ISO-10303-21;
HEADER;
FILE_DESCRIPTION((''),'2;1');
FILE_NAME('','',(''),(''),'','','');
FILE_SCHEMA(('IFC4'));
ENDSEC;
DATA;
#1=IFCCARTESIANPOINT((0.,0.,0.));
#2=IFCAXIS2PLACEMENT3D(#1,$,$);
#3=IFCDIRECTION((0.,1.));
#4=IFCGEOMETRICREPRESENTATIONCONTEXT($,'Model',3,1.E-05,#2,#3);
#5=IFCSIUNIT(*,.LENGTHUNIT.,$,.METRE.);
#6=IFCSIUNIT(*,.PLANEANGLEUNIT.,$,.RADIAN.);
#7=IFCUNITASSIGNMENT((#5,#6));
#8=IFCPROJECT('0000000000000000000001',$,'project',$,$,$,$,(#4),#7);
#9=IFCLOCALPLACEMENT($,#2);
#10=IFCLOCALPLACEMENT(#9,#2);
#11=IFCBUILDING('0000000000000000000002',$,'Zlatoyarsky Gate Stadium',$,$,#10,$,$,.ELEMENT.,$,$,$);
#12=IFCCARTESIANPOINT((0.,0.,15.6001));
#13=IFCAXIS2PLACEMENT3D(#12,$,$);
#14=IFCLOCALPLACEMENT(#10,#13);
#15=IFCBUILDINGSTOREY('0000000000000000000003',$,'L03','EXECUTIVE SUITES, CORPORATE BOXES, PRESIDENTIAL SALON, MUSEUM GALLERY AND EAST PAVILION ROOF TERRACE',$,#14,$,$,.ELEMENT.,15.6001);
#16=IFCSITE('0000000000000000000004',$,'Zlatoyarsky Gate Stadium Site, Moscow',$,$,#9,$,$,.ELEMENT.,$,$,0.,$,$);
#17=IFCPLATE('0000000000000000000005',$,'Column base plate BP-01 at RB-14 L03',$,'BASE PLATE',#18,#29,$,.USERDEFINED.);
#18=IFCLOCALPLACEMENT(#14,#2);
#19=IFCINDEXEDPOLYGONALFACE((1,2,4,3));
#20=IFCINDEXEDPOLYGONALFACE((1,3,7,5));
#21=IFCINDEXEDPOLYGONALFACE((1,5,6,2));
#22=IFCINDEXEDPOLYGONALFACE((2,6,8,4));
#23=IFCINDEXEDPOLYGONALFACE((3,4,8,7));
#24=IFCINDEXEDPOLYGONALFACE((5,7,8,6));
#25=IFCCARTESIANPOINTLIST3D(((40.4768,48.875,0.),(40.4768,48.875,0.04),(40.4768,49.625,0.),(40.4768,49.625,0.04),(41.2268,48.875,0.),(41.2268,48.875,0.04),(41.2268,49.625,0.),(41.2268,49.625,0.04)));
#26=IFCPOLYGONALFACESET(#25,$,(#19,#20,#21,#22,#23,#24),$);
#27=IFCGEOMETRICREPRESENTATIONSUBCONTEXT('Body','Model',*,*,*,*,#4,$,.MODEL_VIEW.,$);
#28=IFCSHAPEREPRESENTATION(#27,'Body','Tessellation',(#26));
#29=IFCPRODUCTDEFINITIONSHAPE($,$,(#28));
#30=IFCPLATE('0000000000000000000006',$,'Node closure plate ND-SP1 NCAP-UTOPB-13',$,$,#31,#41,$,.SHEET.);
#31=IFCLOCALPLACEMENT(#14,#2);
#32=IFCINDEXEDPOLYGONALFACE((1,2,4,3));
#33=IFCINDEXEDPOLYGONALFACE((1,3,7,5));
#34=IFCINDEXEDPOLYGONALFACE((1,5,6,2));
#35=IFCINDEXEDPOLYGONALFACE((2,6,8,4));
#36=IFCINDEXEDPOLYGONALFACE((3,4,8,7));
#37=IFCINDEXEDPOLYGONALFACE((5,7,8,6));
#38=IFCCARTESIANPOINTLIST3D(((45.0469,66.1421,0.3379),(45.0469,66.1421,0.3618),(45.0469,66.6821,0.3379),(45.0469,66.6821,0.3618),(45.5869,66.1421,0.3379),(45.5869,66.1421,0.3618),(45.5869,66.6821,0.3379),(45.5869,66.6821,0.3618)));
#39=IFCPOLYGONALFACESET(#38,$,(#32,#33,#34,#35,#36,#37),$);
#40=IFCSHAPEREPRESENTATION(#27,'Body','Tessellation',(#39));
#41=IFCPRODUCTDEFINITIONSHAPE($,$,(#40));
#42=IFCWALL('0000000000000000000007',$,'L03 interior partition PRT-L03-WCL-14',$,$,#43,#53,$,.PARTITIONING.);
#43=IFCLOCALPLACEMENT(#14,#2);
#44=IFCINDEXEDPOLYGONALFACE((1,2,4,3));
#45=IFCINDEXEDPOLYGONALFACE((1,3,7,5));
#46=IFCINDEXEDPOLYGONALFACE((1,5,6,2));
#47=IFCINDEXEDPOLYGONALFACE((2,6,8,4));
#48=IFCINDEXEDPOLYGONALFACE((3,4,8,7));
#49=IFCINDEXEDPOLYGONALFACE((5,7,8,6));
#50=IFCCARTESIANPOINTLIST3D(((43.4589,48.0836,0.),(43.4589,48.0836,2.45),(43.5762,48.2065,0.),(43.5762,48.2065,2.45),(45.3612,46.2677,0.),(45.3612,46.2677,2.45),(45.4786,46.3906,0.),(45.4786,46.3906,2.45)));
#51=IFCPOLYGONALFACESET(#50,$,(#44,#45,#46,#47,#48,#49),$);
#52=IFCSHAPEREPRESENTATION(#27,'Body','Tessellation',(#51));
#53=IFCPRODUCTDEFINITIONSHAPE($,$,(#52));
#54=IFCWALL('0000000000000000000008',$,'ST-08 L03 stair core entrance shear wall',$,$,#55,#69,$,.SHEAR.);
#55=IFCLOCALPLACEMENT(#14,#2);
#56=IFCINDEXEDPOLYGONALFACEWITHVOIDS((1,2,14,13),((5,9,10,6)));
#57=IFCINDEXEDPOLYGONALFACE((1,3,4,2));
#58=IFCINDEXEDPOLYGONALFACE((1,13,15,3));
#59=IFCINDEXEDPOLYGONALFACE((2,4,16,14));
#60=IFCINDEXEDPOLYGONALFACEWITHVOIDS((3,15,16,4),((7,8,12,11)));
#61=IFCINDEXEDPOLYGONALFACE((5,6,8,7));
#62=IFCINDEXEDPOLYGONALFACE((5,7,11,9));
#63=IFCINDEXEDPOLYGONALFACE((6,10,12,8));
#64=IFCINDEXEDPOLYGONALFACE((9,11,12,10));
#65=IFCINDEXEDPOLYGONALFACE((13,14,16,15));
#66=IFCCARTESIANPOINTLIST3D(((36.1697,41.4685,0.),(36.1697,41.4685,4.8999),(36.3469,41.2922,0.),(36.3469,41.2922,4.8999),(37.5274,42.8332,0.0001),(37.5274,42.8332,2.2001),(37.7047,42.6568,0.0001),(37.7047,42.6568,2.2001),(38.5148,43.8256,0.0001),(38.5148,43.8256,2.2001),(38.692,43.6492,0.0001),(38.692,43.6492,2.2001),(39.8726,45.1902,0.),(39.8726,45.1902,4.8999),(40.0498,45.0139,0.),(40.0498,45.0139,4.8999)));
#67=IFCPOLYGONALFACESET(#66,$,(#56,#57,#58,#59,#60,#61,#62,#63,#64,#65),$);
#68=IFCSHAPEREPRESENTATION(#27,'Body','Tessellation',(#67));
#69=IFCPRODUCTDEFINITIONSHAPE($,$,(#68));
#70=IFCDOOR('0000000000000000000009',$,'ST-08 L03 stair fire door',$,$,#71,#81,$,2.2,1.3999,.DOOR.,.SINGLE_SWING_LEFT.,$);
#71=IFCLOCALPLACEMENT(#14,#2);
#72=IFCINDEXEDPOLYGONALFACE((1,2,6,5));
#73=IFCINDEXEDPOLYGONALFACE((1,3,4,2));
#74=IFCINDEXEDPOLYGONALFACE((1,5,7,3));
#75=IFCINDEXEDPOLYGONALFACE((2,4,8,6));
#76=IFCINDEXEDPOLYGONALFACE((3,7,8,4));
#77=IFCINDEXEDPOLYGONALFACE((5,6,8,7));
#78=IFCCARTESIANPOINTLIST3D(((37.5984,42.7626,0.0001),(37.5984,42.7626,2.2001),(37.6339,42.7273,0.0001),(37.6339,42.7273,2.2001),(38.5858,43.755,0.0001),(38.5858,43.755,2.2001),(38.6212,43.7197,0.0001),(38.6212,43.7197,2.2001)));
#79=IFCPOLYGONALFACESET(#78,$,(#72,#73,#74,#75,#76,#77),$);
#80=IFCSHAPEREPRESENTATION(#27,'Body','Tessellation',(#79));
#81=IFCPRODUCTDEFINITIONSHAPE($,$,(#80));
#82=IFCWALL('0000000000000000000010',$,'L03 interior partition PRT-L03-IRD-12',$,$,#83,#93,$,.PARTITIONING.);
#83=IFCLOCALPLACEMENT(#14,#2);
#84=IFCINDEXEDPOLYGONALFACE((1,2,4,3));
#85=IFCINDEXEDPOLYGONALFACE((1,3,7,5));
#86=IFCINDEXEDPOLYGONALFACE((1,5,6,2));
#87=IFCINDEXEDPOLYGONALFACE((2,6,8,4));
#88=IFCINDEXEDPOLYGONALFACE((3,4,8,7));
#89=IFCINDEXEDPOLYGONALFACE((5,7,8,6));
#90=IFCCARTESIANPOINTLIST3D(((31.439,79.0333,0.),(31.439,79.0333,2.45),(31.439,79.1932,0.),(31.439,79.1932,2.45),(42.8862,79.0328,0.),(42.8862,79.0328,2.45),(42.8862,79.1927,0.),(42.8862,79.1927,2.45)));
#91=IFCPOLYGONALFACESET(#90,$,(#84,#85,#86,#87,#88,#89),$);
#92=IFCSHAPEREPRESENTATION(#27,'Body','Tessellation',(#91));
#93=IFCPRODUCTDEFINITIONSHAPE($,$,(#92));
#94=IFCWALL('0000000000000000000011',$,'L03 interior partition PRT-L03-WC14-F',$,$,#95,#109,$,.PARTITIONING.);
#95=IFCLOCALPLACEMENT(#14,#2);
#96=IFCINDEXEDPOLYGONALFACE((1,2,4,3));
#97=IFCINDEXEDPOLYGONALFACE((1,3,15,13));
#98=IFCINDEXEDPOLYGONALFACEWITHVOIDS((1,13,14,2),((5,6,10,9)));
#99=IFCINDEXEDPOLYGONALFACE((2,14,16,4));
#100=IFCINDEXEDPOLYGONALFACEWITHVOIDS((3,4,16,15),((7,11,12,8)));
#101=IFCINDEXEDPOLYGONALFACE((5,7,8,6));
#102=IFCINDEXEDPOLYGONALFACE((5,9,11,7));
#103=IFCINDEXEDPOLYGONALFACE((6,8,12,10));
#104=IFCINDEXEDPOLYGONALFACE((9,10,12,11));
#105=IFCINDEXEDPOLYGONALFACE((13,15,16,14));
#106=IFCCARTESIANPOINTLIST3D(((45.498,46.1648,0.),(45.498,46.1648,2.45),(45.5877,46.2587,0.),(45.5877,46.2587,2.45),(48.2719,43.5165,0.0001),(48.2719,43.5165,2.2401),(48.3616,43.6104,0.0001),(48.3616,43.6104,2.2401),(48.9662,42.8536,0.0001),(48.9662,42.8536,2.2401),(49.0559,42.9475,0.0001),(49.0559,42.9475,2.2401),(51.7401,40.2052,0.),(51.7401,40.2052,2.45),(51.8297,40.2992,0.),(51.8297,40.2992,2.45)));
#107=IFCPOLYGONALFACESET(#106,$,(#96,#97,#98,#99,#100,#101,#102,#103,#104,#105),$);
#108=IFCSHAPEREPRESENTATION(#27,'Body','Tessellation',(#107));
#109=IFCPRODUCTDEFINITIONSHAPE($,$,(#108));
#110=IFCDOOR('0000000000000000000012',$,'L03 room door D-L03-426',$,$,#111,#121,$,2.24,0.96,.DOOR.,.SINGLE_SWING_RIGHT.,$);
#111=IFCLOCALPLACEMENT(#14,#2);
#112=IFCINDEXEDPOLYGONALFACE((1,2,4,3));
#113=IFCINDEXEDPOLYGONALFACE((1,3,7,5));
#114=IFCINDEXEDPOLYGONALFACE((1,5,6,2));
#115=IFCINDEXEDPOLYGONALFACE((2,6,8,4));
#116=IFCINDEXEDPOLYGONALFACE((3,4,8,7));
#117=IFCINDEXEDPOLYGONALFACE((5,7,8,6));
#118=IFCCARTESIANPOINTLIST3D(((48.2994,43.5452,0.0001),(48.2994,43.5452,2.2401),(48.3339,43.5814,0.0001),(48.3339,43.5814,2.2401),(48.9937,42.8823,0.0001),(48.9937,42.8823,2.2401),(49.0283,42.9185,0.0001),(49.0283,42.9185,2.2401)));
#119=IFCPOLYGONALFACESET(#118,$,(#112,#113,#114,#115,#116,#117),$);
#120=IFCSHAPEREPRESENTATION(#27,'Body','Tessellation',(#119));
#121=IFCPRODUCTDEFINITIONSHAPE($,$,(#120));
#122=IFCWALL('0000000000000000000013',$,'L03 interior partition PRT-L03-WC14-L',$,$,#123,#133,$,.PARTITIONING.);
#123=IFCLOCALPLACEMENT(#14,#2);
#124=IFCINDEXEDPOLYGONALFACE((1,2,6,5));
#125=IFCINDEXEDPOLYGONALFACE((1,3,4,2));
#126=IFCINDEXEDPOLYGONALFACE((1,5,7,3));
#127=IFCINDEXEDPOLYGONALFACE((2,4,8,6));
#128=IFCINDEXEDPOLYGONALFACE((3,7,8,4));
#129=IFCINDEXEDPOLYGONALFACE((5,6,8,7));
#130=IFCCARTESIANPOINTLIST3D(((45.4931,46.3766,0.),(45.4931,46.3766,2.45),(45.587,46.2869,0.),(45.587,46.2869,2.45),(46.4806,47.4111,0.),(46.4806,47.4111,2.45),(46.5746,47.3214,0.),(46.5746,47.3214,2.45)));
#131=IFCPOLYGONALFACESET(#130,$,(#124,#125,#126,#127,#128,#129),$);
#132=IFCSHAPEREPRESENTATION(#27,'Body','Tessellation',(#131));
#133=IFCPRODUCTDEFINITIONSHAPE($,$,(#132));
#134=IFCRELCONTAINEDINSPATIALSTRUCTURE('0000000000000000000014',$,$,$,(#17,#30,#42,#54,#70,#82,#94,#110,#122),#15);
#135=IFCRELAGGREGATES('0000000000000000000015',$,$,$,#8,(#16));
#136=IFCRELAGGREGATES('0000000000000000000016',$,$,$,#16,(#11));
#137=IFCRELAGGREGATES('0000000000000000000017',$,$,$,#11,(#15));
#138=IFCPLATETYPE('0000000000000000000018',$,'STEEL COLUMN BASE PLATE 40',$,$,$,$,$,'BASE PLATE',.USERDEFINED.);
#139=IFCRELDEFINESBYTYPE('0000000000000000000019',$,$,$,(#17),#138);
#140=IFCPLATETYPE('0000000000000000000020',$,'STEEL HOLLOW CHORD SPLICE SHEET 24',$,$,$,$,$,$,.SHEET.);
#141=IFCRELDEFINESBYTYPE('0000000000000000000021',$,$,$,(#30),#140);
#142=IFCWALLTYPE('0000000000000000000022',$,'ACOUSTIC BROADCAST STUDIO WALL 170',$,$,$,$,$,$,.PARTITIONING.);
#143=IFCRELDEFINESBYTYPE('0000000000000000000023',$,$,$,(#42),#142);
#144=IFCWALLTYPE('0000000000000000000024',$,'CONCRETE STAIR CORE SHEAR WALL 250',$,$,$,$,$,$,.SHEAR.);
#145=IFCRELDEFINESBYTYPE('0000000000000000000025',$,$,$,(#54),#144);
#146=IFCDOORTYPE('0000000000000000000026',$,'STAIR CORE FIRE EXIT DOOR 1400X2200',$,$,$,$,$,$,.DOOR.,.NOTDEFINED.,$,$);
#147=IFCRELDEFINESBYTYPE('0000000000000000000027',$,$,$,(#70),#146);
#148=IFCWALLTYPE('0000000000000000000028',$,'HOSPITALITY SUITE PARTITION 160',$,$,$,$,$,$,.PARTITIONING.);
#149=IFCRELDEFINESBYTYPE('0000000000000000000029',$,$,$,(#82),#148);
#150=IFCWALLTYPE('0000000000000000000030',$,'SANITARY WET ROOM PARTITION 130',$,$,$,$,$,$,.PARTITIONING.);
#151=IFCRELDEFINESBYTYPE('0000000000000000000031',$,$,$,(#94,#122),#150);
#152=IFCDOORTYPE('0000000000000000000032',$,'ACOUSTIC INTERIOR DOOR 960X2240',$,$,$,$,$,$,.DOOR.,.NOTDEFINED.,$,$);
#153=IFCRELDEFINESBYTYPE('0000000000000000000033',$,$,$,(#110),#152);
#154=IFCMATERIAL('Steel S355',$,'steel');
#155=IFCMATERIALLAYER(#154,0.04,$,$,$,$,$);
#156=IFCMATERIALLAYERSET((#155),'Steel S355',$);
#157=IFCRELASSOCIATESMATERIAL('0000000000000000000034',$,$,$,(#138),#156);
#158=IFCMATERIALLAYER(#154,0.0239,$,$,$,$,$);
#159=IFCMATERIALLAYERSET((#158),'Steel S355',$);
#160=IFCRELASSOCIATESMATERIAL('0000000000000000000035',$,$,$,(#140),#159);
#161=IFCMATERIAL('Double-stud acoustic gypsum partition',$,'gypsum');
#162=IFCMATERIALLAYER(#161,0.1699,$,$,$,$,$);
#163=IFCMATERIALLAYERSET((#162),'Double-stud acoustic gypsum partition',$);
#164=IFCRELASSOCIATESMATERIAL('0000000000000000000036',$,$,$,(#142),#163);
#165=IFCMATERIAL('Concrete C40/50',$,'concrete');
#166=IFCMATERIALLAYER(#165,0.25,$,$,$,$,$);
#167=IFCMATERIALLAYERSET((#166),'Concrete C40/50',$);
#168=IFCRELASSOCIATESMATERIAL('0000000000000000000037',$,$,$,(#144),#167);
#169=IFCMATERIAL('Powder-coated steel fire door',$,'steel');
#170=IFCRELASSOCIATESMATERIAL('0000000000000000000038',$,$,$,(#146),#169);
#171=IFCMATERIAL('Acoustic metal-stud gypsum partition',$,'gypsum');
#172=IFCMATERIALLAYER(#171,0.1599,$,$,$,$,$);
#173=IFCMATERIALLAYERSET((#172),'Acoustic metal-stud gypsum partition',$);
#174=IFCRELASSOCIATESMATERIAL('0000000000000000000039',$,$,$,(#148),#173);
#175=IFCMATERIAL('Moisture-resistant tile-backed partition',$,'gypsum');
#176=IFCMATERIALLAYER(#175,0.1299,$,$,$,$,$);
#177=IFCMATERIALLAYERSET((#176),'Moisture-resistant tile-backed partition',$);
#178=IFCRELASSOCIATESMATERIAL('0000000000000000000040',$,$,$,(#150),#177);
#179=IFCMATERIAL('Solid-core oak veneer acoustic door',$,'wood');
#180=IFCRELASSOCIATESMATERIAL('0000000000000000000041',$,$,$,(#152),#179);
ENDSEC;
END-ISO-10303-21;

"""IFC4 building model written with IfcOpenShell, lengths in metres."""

from ifc_helpers import new_model, si_unit, direction, frame, frame_2d, origin, origin_2d, place, context, subcontext, project, spatial, rectangle, extrude, material, layer, layer_set, type_object, element, fill, save


model = new_model("IFC4")

# Units and contexts
model_context = context("Model", 3, precision=1e-05, world=origin(), true_north=direction((0.0, 1.0)))
body_context = subcontext(model_context, "Body", "Model", "MODEL_VIEW")
ifc_project = project(units=[si_unit("LENGTHUNIT", "METRE"), si_unit("PLANEANGLEUNIT", "RADIAN")], contexts=[model_context])

# Site, building, storey
site_placement = place(None, origin())
site = spatial("IfcSite", under=ifc_project, at=site_placement, Name="Zlatoyarsky Gate Stadium Site, Moscow", CompositionType="ELEMENT", RefElevation=0.0)
building_placement = place(site_placement, origin())
building = spatial("IfcBuilding", under=site, at=building_placement, Name="Zlatoyarsky Gate Stadium", CompositionType="ELEMENT")
storey_placement = place(building_placement, frame((0.0, 0.0, 15.6001)))
storey = spatial("IfcBuildingStorey", under=building, at=storey_placement, Name="L03", Description="EXECUTIVE SUITES, CORPORATE BOXES, PRESIDENTIAL SALON, MUSEUM GALLERY AND EAST PAVILION ROOF TERRACE", CompositionType="ELEMENT", Elevation=15.6001)

# Shared definitions
ifc_material_1 = material(Name="Steel S355", Category="steel")

# Plates
ifc_layer_1 = layer(ifc_material_1, 0.04)
ifc_layer_set_1 = layer_set([ifc_layer_1], Name="Steel S355")
plate_type_1 = type_object("IfcPlateType", Name="STEEL COLUMN BASE PLATE 40", ElementType="BASE PLATE", PredefinedType="USERDEFINED", material=ifc_layer_set_1)
plate_1_placement = place(storey_placement, frame((40.8518, 49.25, 0.0), z_axis=(0.0, 0.0, 1.0), x_axis=(1.0, 0.0, 0.0)))
element("IfcPlate", 1, at=plate_1_placement, inside=storey, type_object=plate_type_1, Name="Column base plate BP-01 at RB-14 L03", ObjectType="BASE PLATE", PredefinedType="USERDEFINED", context=body_context, shape_type="SweptSolid", body=[
    extrude(rectangle(XDim=0.75, YDim=0.75, at=origin_2d()), origin(), (0.0, 0.0, 1.0), 0.04),
])
ifc_layer_2 = layer(ifc_material_1, 0.0239)
ifc_layer_set_2 = layer_set([ifc_layer_2], Name="Steel S355")
plate_type_2 = type_object("IfcPlateType", Name="STEEL HOLLOW CHORD SPLICE SHEET 24", PredefinedType="SHEET", material=ifc_layer_set_2)
plate_2_placement = place(storey_placement, frame((45.3169, 66.4121, 0.3379), z_axis=(0.0, 0.0, 1.0), x_axis=(1.0, 0.0, 0.0)))
element("IfcPlate", 2, at=plate_2_placement, inside=storey, type_object=plate_type_2, Name="Node closure plate ND-SP1 NCAP-UTOPB-13", PredefinedType="SHEET", context=body_context, shape_type="SweptSolid", body=[
    extrude(rectangle(XDim=0.54, YDim=0.54, at=origin_2d()), origin(), (0.0, 0.0, 1.0), 0.0239),
])

# Wall
ifc_material_2 = material(Name="Double-stud acoustic gypsum partition", Category="gypsum")
ifc_layer_3 = layer(ifc_material_2, 0.1699)
ifc_layer_set_3 = layer_set([ifc_layer_3], Name="Double-stud acoustic gypsum partition")
wall_type_1 = type_object("IfcWallType", Name="ACOUSTIC BROADCAST STUDIO WALL 170", PredefinedType="PARTITIONING", material=ifc_layer_set_3)
wall_1_placement = place(storey_placement, frame((43.5176, 48.145, 0.0), z_axis=(0.0, 0.0, 1.0), x_axis=(0.723347, -0.690485, 0.0)))
element("IfcWall", 3, at=wall_1_placement, inside=storey, type_object=wall_type_1, Name="L03 interior partition PRT-L03-WCL-14", PredefinedType="PARTITIONING", context=body_context, shape_type="SweptSolid", body=[
    extrude(rectangle(XDim=2.6299, YDim=0.1699, at=frame_2d((1.3149, 0.0))), origin(), (0.0, 0.0, 1.0), 2.45),
])

# Wall, opening, door
ifc_material_3 = material(Name="Concrete C40/50", Category="concrete")
ifc_layer_4 = layer(ifc_material_3, 0.25)
ifc_layer_set_4 = layer_set([ifc_layer_4], Name="Concrete C40/50")
wall_type_2 = type_object("IfcWallType", Name="CONCRETE STAIR CORE SHEAR WALL 250", PredefinedType="SHEAR", material=ifc_layer_set_4)
wall_2_placement = place(storey_placement, frame((39.9612, 45.1021, 0.0), z_axis=(0.0, 0.0, 1.0), x_axis=(-0.705314, -0.708895, 0.0)))
wall_2 = element("IfcWall", 4, at=wall_2_placement, inside=storey, type_object=wall_type_2, Name="ST-08 L03 stair core entrance shear wall", PredefinedType="SHEAR", context=body_context, shape_type="SweptSolid", body=[
    extrude(rectangle(XDim=5.25, YDim=0.25, at=frame_2d((2.625, 0.0))), origin(), (0.0, 0.0, 1.0), 4.8999),
])
opening_1_placement = place(wall_2_placement, frame((1.925, 0.0, 0.0)))
opening_1 = element("IfcOpeningElement", 5, at=opening_1_placement, cuts=wall_2, PredefinedType="OPENING", context=body_context, shape_type="SweptSolid", body=[
    extrude(rectangle(XDim=1.3999, YDim=2.2, at=frame_2d((0.7, 1.1001))), frame((0.0, 0.135, 0.0), z_axis=(0.0, -1.0, 0.0), x_axis=(1.0, 0.0, 0.0)), (0.0, 0.0, 1.0), 0.27),
])
ifc_material_4 = material(Name="Powder-coated steel fire door", Category="steel")
door_type_1 = type_object("IfcDoorType", Name="STAIR CORE FIRE EXIT DOOR 1400X2200", OperationType="NOTDEFINED", PredefinedType="DOOR", material=ifc_material_4)
door_1_placement = place(opening_1_placement, frame((1.3999, 0.0, 0.0), z_axis=(0.0, 0.0, 1.0), x_axis=(-1.0, 0.0, 0.0)))
door_1 = element("IfcDoor", 6, at=door_1_placement, inside=storey, type_object=door_type_1, Name="ST-08 L03 stair fire door", OperationType="SINGLE_SWING_LEFT", OverallHeight=2.2, OverallWidth=1.3999, PredefinedType="DOOR", context=body_context, shape_type="SweptSolid", body=[
    extrude(rectangle(XDim=1.3999, YDim=2.2, at=frame_2d((0.7, 1.1001))), frame((0.0, 0.0249, 0.0), z_axis=(0.0, -1.0, 0.0), x_axis=(1.0, 0.0, 0.0)), (0.0, 0.0, 1.0), 0.05),
])
fill(opening_1, door_1)

# Wall
ifc_material_5 = material(Name="Acoustic metal-stud gypsum partition", Category="gypsum")
ifc_layer_5 = layer(ifc_material_5, 0.1599)
ifc_layer_set_5 = layer_set([ifc_layer_5], Name="Acoustic metal-stud gypsum partition")
wall_type_3 = type_object("IfcWallType", Name="HOSPITALITY SUITE PARTITION 160", PredefinedType="PARTITIONING", material=ifc_layer_set_5)
wall_3_placement = place(storey_placement, frame((42.8862, 79.1128, 0.0), z_axis=(0.0, 0.0, 1.0), x_axis=(-1.0, 0.000043, 0.0)))
element("IfcWall", 7, at=wall_3_placement, inside=storey, type_object=wall_type_3, Name="L03 interior partition PRT-L03-IRD-12", PredefinedType="PARTITIONING", context=body_context, shape_type="SweptSolid", body=[
    extrude(rectangle(XDim=11.4473, YDim=0.1599, at=frame_2d((5.7236, 0.0))), origin(), (0.0, 0.0, 1.0), 2.45),
])

# Wall, opening, door
ifc_material_6 = material(Name="Moisture-resistant tile-backed partition", Category="gypsum")
ifc_layer_6 = layer(ifc_material_6, 0.1299)
ifc_layer_set_6 = layer_set([ifc_layer_6], Name="Moisture-resistant tile-backed partition")
wall_type_4 = type_object("IfcWallType", Name="SANITARY WET ROOM PARTITION 130", PredefinedType="PARTITIONING", material=ifc_layer_set_6)
wall_4_placement = place(storey_placement, frame((45.543, 46.2117, 0.0), z_axis=(0.0, 0.0, 1.0), x_axis=(0.723283, -0.690552, 0.0)))
wall_4 = element("IfcWall", 8, at=wall_4_placement, inside=storey, type_object=wall_type_4, Name="L03 interior partition PRT-L03-WC14-F", PredefinedType="PARTITIONING", context=body_context, shape_type="SweptSolid", body=[
    extrude(rectangle(XDim=8.6301, YDim=0.1299, at=frame_2d((4.3149, 0.0))), origin(), (0.0, 0.0, 1.0), 2.45),
])
opening_2_placement = place(wall_4_placement, frame((3.835, 0.0, 0.0)))
opening_2 = element("IfcOpeningElement", 9, at=opening_2_placement, cuts=wall_4, PredefinedType="OPENING", context=body_context, shape_type="SweptSolid", body=[
    extrude(rectangle(XDim=0.96, YDim=2.24, at=frame_2d((0.48, 1.1201))), frame((0.0, 0.075, 0.0), z_axis=(0.0, -1.0, 0.0), x_axis=(1.0, 0.0, 0.0)), (0.0, 0.0, 1.0), 0.1499),
])
ifc_material_7 = material(Name="Solid-core oak veneer acoustic door", Category="wood")
door_type_2 = type_object("IfcDoorType", Name="ACOUSTIC INTERIOR DOOR 960X2240", OperationType="NOTDEFINED", PredefinedType="DOOR", material=ifc_material_7)
door_2_placement = place(opening_2_placement, origin())
door_2 = element("IfcDoor", 10, at=door_2_placement, inside=storey, type_object=door_type_2, Name="L03 room door D-L03-426", OperationType="SINGLE_SWING_RIGHT", OverallHeight=2.24, OverallWidth=0.96, PredefinedType="DOOR", context=body_context, shape_type="SweptSolid", body=[
    extrude(rectangle(XDim=0.96, YDim=2.24, at=frame_2d((0.48, 1.1201))), frame((0.0, 0.0249, 0.0), z_axis=(0.0, -1.0, 0.0), x_axis=(1.0, 0.0, 0.0)), (0.0, 0.0, 1.0), 0.05),
])
fill(opening_2, door_2)

# Wall
wall_5_placement = place(storey_placement, frame((45.54, 46.3318, 0.0), z_axis=(0.0, 0.0, 1.0), x_axis=(0.690529, 0.723305, 0.0)))
element("IfcWall", 11, at=wall_5_placement, inside=storey, type_object=wall_type_4, Name="L03 interior partition PRT-L03-WC14-L", PredefinedType="PARTITIONING", context=body_context, shape_type="SweptSolid", body=[
    extrude(rectangle(XDim=1.4302, YDim=0.1299, at=frame_2d((0.7151, 0.0))), origin(), (0.0, 0.0, 1.0), 2.45),
])

save(model, "model.ifc")
